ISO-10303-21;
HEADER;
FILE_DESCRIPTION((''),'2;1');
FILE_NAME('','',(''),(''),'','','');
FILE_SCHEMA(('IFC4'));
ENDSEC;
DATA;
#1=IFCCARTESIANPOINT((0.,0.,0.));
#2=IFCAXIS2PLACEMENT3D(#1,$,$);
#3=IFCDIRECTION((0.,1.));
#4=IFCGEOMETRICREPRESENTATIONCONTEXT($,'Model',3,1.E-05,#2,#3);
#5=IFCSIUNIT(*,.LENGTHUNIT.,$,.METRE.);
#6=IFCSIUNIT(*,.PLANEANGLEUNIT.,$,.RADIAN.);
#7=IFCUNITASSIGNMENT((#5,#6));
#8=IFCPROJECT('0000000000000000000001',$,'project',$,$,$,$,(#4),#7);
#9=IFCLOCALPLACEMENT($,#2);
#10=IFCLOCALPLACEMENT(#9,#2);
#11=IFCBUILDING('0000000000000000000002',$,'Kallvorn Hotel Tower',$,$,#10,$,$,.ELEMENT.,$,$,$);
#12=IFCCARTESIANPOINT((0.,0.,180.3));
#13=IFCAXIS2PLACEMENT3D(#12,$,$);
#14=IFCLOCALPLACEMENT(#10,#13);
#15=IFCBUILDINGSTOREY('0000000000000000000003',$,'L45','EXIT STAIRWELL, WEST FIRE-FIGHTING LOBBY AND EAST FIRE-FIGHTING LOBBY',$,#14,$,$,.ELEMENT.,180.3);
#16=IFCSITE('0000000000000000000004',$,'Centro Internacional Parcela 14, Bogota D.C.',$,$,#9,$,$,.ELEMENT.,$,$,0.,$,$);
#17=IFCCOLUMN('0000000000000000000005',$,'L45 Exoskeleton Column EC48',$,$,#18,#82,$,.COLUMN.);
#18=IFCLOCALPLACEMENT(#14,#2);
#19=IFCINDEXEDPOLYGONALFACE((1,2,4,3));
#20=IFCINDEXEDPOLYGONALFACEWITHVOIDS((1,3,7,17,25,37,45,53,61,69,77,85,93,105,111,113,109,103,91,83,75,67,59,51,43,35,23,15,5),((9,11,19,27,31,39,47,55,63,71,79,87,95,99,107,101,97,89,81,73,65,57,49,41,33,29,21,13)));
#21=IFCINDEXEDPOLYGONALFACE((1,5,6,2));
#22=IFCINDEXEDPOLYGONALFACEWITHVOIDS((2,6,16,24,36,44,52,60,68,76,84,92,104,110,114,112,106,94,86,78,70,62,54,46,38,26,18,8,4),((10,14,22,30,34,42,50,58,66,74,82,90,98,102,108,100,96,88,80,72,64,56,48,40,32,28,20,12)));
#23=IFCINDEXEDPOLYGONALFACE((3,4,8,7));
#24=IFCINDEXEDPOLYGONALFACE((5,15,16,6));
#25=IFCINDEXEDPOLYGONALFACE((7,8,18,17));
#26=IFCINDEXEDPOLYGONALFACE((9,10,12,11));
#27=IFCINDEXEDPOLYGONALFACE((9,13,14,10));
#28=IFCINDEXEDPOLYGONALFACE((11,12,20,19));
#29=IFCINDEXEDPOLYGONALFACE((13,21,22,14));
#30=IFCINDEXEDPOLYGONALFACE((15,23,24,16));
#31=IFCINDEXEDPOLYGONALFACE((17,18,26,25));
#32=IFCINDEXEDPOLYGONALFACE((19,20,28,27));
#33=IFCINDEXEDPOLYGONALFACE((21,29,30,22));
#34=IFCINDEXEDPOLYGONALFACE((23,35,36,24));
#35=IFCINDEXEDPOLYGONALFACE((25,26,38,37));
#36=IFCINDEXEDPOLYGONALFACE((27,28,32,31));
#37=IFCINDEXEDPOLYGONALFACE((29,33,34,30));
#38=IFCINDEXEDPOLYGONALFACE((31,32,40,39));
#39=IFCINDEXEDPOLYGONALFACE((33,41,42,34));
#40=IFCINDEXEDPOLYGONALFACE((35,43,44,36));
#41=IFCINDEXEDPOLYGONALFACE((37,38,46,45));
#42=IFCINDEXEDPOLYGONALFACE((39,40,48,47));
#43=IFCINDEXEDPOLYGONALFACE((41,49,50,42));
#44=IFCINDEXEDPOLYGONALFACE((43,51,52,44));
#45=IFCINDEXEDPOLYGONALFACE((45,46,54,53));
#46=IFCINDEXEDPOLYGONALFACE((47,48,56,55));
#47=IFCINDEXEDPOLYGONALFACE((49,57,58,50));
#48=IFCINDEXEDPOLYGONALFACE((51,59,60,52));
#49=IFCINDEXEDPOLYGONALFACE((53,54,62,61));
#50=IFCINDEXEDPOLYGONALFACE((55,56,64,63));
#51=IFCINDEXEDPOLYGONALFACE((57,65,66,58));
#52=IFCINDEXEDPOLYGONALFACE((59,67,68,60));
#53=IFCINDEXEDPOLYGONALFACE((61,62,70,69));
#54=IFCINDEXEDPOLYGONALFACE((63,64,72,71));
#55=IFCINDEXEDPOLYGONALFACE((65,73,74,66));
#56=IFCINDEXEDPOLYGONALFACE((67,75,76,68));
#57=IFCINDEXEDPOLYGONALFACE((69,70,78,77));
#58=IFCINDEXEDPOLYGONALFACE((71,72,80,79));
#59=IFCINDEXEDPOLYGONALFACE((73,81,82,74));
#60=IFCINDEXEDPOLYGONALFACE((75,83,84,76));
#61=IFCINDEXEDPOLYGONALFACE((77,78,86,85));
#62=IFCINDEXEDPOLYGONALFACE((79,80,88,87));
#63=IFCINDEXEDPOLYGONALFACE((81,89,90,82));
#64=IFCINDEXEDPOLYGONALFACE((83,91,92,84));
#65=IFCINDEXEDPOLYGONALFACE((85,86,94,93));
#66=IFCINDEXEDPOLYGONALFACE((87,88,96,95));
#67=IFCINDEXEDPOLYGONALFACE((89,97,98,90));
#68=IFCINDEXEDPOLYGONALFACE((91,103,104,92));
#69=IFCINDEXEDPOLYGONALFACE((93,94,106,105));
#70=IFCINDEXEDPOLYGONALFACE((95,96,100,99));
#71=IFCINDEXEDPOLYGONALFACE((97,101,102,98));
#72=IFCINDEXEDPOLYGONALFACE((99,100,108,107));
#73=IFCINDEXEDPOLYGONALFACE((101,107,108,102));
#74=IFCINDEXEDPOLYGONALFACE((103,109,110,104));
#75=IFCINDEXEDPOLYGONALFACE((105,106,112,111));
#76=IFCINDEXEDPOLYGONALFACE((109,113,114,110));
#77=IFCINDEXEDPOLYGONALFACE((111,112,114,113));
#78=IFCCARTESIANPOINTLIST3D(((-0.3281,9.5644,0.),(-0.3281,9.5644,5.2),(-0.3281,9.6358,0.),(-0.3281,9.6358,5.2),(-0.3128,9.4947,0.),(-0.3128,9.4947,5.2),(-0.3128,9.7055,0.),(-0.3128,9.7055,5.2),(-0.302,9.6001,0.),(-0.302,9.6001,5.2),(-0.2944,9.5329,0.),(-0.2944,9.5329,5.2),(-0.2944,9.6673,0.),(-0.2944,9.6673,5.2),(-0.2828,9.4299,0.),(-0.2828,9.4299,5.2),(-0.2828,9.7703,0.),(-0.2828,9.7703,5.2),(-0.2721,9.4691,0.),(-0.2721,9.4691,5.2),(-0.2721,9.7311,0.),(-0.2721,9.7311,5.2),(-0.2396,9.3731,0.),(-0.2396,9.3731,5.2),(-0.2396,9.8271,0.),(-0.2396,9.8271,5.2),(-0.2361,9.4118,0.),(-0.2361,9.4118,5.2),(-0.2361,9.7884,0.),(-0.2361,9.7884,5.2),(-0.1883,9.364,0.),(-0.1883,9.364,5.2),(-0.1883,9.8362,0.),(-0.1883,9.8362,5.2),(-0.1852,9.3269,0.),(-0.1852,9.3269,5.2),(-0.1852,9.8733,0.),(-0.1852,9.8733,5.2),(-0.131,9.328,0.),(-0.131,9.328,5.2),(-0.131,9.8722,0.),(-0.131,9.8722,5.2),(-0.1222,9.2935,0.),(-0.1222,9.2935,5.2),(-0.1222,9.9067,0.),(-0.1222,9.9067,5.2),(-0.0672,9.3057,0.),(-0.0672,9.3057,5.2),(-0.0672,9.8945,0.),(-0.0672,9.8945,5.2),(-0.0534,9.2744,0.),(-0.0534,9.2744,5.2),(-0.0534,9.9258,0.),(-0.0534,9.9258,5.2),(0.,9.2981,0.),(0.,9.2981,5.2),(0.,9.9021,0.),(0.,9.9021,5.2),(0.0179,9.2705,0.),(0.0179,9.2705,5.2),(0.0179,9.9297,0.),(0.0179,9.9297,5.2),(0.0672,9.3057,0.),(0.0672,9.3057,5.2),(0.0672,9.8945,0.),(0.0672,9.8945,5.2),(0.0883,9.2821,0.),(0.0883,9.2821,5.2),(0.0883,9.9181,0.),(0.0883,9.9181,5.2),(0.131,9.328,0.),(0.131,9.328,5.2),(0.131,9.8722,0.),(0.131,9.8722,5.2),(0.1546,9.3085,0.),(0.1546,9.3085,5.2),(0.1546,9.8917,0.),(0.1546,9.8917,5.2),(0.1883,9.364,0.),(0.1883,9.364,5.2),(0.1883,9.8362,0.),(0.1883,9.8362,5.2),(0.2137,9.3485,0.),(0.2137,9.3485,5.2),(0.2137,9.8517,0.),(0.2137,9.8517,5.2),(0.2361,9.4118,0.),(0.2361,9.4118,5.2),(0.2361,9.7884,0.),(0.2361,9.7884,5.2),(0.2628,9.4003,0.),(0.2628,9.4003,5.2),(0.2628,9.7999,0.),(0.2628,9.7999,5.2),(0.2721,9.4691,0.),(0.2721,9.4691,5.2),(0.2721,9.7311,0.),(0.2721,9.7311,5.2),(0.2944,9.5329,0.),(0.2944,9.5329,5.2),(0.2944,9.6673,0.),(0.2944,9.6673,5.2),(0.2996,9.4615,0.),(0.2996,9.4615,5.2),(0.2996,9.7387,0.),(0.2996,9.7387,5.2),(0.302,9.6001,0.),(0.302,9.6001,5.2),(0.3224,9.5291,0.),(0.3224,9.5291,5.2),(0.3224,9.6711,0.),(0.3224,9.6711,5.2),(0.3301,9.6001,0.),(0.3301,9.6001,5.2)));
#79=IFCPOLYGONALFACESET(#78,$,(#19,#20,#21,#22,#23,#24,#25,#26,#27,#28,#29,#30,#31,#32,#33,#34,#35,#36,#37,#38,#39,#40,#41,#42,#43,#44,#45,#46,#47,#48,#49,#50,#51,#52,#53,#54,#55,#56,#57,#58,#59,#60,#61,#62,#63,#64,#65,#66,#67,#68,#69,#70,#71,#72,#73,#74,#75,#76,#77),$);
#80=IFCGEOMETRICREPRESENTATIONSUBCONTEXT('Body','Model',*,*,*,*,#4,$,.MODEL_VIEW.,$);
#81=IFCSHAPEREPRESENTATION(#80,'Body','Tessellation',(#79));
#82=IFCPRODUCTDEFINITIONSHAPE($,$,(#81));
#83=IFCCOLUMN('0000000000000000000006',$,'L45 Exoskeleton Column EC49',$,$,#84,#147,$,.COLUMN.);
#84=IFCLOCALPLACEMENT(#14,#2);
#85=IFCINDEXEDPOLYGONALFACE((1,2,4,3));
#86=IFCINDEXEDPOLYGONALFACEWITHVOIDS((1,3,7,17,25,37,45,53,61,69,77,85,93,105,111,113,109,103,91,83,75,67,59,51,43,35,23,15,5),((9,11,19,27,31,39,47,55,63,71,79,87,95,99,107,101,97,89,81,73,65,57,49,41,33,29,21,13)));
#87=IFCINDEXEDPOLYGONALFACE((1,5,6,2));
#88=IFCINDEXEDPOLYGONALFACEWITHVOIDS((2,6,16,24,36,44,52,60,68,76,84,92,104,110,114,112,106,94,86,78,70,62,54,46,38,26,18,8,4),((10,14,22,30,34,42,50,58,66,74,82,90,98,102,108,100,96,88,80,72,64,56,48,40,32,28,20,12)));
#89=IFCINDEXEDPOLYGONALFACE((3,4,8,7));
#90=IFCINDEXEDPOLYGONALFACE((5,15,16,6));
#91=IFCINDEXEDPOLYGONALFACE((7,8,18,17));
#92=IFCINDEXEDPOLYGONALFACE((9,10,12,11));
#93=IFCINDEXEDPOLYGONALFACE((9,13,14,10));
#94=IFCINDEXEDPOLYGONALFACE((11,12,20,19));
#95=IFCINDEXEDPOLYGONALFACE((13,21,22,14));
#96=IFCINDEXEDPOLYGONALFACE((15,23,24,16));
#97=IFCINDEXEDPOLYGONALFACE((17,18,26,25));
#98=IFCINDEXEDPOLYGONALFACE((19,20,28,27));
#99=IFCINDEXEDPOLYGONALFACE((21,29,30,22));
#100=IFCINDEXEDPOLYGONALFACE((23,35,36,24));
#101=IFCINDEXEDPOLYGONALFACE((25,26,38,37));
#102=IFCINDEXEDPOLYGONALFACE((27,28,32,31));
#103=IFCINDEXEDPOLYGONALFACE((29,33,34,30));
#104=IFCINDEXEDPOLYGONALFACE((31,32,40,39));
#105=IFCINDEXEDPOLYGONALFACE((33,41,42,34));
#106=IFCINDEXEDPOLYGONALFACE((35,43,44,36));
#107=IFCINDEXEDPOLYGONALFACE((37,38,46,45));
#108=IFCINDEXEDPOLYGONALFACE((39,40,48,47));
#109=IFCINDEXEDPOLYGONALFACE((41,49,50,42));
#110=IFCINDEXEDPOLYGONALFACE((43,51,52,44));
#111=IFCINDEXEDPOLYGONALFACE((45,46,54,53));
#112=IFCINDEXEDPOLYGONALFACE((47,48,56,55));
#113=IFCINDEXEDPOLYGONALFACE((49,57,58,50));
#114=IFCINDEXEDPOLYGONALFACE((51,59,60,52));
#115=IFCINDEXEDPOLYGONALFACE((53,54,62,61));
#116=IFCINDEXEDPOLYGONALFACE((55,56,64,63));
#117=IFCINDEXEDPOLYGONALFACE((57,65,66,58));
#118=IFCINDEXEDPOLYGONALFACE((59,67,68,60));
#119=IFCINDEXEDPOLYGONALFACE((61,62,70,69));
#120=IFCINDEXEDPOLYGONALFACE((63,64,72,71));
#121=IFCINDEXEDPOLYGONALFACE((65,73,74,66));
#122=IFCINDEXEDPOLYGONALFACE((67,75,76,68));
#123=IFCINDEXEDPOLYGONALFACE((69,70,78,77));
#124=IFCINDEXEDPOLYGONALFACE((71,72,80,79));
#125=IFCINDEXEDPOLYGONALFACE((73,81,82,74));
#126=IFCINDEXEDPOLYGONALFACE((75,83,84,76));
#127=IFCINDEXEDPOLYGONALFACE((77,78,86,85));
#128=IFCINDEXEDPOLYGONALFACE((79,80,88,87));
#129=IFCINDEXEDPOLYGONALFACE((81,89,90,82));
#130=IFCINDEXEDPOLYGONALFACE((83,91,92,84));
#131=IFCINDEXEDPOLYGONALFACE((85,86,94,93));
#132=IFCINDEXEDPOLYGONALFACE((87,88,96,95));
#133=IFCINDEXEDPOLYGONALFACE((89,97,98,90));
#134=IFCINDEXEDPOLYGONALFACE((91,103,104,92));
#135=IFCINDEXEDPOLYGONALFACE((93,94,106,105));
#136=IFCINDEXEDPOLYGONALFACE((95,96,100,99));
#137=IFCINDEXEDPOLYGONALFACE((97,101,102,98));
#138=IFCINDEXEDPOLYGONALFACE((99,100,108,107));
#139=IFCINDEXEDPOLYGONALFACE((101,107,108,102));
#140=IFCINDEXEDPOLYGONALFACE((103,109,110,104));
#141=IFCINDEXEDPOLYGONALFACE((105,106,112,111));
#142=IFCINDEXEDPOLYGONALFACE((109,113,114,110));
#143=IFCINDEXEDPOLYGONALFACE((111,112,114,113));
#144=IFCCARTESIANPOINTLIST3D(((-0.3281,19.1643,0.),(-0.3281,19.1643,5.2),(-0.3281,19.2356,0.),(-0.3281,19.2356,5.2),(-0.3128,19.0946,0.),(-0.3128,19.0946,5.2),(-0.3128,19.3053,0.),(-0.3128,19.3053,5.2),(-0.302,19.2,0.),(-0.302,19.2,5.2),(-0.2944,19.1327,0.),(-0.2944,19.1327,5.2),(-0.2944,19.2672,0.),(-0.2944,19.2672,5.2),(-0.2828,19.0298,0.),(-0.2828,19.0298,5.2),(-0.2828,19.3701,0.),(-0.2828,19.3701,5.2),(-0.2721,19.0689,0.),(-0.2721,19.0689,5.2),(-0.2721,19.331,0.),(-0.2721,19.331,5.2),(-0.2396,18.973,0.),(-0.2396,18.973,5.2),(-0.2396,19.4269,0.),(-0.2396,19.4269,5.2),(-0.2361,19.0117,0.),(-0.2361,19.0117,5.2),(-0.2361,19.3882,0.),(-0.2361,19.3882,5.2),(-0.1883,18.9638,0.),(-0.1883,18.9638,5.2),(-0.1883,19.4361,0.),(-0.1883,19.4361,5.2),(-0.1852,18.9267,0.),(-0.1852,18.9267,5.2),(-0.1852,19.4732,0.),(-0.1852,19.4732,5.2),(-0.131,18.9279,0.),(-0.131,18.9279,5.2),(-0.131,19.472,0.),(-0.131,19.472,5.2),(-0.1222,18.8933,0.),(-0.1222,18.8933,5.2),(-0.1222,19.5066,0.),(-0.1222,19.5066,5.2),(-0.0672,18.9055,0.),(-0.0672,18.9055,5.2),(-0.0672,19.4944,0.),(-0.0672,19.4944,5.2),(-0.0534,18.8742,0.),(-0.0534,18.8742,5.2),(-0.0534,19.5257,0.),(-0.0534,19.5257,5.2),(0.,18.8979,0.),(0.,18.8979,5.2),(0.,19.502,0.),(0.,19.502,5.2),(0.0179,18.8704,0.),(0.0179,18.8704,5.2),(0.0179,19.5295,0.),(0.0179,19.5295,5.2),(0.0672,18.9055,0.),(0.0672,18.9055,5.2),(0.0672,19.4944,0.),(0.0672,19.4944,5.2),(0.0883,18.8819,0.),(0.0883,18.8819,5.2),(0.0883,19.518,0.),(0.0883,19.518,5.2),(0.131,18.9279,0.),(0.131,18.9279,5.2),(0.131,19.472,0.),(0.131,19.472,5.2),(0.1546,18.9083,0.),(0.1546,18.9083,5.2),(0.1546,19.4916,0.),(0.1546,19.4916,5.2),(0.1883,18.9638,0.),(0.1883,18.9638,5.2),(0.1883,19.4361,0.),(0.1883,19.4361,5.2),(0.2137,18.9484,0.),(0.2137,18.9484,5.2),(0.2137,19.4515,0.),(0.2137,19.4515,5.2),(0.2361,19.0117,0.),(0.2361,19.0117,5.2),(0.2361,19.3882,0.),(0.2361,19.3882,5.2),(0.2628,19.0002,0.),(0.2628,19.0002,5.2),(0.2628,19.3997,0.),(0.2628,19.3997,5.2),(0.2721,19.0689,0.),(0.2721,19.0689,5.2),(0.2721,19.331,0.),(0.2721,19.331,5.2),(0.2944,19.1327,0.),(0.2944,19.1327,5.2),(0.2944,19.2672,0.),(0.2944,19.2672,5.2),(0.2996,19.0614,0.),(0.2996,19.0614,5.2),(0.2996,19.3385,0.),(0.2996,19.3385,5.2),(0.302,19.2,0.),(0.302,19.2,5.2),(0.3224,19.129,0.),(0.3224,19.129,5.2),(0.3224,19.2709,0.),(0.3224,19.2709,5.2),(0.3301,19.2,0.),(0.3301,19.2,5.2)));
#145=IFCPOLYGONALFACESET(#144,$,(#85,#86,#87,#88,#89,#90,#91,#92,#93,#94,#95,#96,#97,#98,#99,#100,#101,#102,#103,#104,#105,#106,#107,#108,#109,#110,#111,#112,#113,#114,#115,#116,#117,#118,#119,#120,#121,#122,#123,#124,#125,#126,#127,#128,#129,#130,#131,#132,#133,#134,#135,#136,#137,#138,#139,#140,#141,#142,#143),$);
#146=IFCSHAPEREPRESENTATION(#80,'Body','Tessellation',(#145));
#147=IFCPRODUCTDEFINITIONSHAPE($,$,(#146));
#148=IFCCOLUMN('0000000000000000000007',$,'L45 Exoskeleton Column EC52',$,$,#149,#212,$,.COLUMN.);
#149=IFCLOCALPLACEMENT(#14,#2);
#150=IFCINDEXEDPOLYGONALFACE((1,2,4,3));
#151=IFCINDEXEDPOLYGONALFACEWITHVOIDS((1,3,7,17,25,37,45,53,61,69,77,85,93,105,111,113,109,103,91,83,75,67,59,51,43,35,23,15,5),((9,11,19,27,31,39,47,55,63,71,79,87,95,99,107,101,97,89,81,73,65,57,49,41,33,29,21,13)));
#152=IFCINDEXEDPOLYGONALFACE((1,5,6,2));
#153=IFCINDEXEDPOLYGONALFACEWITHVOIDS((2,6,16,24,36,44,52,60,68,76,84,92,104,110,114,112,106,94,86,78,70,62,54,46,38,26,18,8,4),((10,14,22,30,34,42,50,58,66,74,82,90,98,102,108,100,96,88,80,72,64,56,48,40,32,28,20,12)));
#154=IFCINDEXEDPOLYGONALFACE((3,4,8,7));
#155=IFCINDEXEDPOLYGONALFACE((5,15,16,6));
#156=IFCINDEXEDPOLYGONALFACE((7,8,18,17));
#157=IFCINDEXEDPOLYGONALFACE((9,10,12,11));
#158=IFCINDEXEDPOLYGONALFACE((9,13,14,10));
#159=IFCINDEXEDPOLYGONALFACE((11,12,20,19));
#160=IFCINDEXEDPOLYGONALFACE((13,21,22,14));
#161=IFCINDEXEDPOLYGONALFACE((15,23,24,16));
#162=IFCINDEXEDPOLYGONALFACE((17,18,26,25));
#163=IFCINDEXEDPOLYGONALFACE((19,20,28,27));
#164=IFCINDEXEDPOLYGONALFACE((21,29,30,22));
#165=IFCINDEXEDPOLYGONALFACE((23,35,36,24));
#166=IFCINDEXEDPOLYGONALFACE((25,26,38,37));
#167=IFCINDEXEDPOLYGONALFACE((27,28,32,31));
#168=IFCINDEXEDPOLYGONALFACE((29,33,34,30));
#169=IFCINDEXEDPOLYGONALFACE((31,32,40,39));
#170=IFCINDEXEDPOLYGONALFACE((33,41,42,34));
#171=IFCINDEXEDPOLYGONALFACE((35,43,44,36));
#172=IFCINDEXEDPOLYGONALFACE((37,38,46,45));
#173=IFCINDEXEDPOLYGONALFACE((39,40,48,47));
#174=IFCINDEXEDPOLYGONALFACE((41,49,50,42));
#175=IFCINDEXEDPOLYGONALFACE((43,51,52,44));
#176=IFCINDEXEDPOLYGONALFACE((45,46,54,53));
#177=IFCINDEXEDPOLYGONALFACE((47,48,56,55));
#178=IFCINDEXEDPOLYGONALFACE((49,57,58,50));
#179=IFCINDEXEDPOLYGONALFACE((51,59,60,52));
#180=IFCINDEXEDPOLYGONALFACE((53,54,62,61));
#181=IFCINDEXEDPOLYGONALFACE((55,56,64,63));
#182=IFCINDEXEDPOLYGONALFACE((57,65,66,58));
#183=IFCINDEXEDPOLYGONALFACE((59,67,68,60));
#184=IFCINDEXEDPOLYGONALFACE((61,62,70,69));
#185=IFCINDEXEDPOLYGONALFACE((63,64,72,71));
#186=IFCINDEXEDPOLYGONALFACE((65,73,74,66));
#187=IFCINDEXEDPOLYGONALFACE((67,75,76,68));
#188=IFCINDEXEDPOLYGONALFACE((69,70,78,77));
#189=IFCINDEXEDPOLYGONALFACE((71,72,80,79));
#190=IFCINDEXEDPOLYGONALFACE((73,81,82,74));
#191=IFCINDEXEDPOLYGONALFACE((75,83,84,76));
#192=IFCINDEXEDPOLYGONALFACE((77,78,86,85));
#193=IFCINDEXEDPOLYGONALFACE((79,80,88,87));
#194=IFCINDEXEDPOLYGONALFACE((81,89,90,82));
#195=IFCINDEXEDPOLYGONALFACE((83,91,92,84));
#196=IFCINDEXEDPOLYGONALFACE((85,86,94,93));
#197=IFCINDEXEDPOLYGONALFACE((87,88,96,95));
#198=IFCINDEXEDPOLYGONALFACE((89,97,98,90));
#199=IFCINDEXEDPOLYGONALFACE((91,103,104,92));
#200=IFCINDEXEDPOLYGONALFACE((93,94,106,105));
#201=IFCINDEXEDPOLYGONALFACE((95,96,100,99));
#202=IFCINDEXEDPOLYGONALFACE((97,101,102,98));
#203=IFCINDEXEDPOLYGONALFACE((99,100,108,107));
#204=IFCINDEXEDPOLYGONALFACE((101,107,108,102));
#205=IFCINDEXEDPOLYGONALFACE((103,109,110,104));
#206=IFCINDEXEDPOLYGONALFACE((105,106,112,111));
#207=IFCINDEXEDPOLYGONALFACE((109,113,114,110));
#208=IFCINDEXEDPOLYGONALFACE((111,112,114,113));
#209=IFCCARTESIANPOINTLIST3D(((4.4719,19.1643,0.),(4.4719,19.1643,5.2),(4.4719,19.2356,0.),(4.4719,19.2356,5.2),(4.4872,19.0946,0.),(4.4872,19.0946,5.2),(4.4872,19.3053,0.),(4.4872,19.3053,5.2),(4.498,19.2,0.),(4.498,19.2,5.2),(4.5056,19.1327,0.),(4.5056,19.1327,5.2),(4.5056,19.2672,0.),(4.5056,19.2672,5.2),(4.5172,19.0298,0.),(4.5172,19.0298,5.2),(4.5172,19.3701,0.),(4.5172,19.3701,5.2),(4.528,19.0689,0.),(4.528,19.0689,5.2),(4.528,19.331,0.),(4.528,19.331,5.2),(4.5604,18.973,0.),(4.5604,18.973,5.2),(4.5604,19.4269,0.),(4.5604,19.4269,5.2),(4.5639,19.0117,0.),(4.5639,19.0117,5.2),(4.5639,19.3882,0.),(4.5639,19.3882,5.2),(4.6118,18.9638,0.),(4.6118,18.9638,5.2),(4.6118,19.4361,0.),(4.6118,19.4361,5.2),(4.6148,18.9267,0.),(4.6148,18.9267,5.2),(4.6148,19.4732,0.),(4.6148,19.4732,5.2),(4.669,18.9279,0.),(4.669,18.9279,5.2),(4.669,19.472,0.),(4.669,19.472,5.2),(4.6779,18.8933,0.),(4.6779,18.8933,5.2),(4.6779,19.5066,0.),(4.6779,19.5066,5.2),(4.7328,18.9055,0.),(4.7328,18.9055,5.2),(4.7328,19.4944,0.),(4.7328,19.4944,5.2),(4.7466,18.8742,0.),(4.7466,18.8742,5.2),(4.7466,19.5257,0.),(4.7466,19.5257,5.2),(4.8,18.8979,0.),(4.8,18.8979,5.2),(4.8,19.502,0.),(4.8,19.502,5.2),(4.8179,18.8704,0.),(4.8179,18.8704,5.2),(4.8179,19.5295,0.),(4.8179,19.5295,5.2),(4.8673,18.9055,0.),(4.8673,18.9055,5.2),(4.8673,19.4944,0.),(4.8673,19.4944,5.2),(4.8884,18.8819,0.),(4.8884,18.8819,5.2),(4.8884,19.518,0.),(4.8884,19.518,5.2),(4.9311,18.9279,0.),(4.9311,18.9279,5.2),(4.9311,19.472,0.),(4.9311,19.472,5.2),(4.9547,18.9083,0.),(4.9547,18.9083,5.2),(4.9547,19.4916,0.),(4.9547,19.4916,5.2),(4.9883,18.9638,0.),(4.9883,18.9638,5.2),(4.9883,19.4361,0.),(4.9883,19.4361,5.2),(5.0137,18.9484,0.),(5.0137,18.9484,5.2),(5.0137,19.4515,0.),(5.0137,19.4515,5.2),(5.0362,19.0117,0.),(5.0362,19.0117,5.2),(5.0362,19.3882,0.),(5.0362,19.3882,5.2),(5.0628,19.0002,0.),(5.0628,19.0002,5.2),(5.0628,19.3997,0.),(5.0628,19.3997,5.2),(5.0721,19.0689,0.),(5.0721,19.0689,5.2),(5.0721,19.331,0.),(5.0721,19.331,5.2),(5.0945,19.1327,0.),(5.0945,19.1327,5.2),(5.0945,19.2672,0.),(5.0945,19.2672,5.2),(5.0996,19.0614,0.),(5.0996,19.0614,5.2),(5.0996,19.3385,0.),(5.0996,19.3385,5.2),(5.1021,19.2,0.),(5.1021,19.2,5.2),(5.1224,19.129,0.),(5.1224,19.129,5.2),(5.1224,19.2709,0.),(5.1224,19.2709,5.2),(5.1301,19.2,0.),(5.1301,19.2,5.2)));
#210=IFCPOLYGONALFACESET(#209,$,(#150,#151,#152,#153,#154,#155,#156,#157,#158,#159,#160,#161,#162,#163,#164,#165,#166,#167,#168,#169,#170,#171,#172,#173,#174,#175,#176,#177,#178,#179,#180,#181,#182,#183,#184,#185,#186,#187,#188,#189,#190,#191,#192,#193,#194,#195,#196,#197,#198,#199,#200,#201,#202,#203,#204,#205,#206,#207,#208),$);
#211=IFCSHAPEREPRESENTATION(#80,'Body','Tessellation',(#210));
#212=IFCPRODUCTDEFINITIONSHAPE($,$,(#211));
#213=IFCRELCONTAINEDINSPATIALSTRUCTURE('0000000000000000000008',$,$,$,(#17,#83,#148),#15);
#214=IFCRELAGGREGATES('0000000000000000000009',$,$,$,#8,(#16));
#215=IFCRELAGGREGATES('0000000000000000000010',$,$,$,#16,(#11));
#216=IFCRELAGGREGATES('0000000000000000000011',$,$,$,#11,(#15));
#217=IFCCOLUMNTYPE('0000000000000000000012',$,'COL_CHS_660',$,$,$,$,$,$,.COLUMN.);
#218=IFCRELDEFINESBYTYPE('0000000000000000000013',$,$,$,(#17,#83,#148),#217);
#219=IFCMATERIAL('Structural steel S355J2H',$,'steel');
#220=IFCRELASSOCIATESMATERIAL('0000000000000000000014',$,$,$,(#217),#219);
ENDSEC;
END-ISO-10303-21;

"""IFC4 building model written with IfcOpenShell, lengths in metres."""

from ifc_helpers import new_model, si_unit, direction, frame, origin, origin_2d, place, context, subcontext, project, spatial, hollow_circle, extrude, material, material_profile, profile_set, type_object, element, save


model = new_model("IFC4")

# Units and contexts
model_context = context("Model", 3, precision=1e-05, world=origin(), true_north=direction((0.0, 1.0)))
body_context = subcontext(model_context, "Body", "Model", "MODEL_VIEW")
ifc_project = project(units=[si_unit("LENGTHUNIT", "METRE"), si_unit("PLANEANGLEUNIT", "RADIAN")], contexts=[model_context])

# Site, building, storey
site_placement = place(None, origin())
site = spatial("IfcSite", under=ifc_project, at=site_placement, Name="Centro Internacional Parcela 14, Bogota D.C.", CompositionType="ELEMENT", RefElevation=0.0)
building_placement = place(site_placement, origin())
building = spatial("IfcBuilding", under=site, at=building_placement, Name="Kallvorn Hotel Tower", CompositionType="ELEMENT")
storey_placement = place(building_placement, frame((0.0, 0.0, 180.3)))
storey = spatial("IfcBuildingStorey", under=building, at=storey_placement, Name="L45", Description="EXIT STAIRWELL, WEST FIRE-FIGHTING LOBBY AND EAST FIRE-FIGHTING LOBBY", CompositionType="ELEMENT", Elevation=180.3)

# Columns
ifc_material_1 = material(Name="Structural steel S355J2H", Category="steel")
ifc_material_profile_1 = material_profile(ifc_material_1, hollow_circle(Radius=0.3301, WallThickness=0.0281, at=origin_2d()), Name="CHS 660x28")
ifc_profile_set_1 = profile_set([ifc_material_profile_1], Name="Structural steel S355J2H")
column_type_1 = type_object("IfcColumnType", Name="COL_CHS_660", PredefinedType="COLUMN", material=ifc_profile_set_1)
for number, where, z_axis, x_axis, name in (
    (1, (0.0, 9.6001, 0.0), (0.0, 0.0, 1.0), (1.0, 0.0, 0.0), "L45 Exoskeleton Column EC48"),
    (2, (0.0, 19.2, 0.0), (0.0, 0.0, 1.0), (1.0, 0.0, 0.0), "L45 Exoskeleton Column EC49"),
    (3, (4.8, 19.2, 0.0), (0.0, 0.0, 1.0), (1.0, 0.0, 0.0), "L45 Exoskeleton Column EC52"),
):
    element("IfcColumn", number, at=place(storey_placement, frame(where, z_axis=z_axis, x_axis=x_axis)), inside=storey, type_object=column_type_1, Name=name, PredefinedType="COLUMN", context=body_context, shape_type="SweptSolid", body=[
        extrude(hollow_circle(Radius=0.3301, WallThickness=0.0281, at=origin_2d()), origin(), (0.0, 0.0, 1.0), 5.2),
    ])

save(model, "model.ifc")
